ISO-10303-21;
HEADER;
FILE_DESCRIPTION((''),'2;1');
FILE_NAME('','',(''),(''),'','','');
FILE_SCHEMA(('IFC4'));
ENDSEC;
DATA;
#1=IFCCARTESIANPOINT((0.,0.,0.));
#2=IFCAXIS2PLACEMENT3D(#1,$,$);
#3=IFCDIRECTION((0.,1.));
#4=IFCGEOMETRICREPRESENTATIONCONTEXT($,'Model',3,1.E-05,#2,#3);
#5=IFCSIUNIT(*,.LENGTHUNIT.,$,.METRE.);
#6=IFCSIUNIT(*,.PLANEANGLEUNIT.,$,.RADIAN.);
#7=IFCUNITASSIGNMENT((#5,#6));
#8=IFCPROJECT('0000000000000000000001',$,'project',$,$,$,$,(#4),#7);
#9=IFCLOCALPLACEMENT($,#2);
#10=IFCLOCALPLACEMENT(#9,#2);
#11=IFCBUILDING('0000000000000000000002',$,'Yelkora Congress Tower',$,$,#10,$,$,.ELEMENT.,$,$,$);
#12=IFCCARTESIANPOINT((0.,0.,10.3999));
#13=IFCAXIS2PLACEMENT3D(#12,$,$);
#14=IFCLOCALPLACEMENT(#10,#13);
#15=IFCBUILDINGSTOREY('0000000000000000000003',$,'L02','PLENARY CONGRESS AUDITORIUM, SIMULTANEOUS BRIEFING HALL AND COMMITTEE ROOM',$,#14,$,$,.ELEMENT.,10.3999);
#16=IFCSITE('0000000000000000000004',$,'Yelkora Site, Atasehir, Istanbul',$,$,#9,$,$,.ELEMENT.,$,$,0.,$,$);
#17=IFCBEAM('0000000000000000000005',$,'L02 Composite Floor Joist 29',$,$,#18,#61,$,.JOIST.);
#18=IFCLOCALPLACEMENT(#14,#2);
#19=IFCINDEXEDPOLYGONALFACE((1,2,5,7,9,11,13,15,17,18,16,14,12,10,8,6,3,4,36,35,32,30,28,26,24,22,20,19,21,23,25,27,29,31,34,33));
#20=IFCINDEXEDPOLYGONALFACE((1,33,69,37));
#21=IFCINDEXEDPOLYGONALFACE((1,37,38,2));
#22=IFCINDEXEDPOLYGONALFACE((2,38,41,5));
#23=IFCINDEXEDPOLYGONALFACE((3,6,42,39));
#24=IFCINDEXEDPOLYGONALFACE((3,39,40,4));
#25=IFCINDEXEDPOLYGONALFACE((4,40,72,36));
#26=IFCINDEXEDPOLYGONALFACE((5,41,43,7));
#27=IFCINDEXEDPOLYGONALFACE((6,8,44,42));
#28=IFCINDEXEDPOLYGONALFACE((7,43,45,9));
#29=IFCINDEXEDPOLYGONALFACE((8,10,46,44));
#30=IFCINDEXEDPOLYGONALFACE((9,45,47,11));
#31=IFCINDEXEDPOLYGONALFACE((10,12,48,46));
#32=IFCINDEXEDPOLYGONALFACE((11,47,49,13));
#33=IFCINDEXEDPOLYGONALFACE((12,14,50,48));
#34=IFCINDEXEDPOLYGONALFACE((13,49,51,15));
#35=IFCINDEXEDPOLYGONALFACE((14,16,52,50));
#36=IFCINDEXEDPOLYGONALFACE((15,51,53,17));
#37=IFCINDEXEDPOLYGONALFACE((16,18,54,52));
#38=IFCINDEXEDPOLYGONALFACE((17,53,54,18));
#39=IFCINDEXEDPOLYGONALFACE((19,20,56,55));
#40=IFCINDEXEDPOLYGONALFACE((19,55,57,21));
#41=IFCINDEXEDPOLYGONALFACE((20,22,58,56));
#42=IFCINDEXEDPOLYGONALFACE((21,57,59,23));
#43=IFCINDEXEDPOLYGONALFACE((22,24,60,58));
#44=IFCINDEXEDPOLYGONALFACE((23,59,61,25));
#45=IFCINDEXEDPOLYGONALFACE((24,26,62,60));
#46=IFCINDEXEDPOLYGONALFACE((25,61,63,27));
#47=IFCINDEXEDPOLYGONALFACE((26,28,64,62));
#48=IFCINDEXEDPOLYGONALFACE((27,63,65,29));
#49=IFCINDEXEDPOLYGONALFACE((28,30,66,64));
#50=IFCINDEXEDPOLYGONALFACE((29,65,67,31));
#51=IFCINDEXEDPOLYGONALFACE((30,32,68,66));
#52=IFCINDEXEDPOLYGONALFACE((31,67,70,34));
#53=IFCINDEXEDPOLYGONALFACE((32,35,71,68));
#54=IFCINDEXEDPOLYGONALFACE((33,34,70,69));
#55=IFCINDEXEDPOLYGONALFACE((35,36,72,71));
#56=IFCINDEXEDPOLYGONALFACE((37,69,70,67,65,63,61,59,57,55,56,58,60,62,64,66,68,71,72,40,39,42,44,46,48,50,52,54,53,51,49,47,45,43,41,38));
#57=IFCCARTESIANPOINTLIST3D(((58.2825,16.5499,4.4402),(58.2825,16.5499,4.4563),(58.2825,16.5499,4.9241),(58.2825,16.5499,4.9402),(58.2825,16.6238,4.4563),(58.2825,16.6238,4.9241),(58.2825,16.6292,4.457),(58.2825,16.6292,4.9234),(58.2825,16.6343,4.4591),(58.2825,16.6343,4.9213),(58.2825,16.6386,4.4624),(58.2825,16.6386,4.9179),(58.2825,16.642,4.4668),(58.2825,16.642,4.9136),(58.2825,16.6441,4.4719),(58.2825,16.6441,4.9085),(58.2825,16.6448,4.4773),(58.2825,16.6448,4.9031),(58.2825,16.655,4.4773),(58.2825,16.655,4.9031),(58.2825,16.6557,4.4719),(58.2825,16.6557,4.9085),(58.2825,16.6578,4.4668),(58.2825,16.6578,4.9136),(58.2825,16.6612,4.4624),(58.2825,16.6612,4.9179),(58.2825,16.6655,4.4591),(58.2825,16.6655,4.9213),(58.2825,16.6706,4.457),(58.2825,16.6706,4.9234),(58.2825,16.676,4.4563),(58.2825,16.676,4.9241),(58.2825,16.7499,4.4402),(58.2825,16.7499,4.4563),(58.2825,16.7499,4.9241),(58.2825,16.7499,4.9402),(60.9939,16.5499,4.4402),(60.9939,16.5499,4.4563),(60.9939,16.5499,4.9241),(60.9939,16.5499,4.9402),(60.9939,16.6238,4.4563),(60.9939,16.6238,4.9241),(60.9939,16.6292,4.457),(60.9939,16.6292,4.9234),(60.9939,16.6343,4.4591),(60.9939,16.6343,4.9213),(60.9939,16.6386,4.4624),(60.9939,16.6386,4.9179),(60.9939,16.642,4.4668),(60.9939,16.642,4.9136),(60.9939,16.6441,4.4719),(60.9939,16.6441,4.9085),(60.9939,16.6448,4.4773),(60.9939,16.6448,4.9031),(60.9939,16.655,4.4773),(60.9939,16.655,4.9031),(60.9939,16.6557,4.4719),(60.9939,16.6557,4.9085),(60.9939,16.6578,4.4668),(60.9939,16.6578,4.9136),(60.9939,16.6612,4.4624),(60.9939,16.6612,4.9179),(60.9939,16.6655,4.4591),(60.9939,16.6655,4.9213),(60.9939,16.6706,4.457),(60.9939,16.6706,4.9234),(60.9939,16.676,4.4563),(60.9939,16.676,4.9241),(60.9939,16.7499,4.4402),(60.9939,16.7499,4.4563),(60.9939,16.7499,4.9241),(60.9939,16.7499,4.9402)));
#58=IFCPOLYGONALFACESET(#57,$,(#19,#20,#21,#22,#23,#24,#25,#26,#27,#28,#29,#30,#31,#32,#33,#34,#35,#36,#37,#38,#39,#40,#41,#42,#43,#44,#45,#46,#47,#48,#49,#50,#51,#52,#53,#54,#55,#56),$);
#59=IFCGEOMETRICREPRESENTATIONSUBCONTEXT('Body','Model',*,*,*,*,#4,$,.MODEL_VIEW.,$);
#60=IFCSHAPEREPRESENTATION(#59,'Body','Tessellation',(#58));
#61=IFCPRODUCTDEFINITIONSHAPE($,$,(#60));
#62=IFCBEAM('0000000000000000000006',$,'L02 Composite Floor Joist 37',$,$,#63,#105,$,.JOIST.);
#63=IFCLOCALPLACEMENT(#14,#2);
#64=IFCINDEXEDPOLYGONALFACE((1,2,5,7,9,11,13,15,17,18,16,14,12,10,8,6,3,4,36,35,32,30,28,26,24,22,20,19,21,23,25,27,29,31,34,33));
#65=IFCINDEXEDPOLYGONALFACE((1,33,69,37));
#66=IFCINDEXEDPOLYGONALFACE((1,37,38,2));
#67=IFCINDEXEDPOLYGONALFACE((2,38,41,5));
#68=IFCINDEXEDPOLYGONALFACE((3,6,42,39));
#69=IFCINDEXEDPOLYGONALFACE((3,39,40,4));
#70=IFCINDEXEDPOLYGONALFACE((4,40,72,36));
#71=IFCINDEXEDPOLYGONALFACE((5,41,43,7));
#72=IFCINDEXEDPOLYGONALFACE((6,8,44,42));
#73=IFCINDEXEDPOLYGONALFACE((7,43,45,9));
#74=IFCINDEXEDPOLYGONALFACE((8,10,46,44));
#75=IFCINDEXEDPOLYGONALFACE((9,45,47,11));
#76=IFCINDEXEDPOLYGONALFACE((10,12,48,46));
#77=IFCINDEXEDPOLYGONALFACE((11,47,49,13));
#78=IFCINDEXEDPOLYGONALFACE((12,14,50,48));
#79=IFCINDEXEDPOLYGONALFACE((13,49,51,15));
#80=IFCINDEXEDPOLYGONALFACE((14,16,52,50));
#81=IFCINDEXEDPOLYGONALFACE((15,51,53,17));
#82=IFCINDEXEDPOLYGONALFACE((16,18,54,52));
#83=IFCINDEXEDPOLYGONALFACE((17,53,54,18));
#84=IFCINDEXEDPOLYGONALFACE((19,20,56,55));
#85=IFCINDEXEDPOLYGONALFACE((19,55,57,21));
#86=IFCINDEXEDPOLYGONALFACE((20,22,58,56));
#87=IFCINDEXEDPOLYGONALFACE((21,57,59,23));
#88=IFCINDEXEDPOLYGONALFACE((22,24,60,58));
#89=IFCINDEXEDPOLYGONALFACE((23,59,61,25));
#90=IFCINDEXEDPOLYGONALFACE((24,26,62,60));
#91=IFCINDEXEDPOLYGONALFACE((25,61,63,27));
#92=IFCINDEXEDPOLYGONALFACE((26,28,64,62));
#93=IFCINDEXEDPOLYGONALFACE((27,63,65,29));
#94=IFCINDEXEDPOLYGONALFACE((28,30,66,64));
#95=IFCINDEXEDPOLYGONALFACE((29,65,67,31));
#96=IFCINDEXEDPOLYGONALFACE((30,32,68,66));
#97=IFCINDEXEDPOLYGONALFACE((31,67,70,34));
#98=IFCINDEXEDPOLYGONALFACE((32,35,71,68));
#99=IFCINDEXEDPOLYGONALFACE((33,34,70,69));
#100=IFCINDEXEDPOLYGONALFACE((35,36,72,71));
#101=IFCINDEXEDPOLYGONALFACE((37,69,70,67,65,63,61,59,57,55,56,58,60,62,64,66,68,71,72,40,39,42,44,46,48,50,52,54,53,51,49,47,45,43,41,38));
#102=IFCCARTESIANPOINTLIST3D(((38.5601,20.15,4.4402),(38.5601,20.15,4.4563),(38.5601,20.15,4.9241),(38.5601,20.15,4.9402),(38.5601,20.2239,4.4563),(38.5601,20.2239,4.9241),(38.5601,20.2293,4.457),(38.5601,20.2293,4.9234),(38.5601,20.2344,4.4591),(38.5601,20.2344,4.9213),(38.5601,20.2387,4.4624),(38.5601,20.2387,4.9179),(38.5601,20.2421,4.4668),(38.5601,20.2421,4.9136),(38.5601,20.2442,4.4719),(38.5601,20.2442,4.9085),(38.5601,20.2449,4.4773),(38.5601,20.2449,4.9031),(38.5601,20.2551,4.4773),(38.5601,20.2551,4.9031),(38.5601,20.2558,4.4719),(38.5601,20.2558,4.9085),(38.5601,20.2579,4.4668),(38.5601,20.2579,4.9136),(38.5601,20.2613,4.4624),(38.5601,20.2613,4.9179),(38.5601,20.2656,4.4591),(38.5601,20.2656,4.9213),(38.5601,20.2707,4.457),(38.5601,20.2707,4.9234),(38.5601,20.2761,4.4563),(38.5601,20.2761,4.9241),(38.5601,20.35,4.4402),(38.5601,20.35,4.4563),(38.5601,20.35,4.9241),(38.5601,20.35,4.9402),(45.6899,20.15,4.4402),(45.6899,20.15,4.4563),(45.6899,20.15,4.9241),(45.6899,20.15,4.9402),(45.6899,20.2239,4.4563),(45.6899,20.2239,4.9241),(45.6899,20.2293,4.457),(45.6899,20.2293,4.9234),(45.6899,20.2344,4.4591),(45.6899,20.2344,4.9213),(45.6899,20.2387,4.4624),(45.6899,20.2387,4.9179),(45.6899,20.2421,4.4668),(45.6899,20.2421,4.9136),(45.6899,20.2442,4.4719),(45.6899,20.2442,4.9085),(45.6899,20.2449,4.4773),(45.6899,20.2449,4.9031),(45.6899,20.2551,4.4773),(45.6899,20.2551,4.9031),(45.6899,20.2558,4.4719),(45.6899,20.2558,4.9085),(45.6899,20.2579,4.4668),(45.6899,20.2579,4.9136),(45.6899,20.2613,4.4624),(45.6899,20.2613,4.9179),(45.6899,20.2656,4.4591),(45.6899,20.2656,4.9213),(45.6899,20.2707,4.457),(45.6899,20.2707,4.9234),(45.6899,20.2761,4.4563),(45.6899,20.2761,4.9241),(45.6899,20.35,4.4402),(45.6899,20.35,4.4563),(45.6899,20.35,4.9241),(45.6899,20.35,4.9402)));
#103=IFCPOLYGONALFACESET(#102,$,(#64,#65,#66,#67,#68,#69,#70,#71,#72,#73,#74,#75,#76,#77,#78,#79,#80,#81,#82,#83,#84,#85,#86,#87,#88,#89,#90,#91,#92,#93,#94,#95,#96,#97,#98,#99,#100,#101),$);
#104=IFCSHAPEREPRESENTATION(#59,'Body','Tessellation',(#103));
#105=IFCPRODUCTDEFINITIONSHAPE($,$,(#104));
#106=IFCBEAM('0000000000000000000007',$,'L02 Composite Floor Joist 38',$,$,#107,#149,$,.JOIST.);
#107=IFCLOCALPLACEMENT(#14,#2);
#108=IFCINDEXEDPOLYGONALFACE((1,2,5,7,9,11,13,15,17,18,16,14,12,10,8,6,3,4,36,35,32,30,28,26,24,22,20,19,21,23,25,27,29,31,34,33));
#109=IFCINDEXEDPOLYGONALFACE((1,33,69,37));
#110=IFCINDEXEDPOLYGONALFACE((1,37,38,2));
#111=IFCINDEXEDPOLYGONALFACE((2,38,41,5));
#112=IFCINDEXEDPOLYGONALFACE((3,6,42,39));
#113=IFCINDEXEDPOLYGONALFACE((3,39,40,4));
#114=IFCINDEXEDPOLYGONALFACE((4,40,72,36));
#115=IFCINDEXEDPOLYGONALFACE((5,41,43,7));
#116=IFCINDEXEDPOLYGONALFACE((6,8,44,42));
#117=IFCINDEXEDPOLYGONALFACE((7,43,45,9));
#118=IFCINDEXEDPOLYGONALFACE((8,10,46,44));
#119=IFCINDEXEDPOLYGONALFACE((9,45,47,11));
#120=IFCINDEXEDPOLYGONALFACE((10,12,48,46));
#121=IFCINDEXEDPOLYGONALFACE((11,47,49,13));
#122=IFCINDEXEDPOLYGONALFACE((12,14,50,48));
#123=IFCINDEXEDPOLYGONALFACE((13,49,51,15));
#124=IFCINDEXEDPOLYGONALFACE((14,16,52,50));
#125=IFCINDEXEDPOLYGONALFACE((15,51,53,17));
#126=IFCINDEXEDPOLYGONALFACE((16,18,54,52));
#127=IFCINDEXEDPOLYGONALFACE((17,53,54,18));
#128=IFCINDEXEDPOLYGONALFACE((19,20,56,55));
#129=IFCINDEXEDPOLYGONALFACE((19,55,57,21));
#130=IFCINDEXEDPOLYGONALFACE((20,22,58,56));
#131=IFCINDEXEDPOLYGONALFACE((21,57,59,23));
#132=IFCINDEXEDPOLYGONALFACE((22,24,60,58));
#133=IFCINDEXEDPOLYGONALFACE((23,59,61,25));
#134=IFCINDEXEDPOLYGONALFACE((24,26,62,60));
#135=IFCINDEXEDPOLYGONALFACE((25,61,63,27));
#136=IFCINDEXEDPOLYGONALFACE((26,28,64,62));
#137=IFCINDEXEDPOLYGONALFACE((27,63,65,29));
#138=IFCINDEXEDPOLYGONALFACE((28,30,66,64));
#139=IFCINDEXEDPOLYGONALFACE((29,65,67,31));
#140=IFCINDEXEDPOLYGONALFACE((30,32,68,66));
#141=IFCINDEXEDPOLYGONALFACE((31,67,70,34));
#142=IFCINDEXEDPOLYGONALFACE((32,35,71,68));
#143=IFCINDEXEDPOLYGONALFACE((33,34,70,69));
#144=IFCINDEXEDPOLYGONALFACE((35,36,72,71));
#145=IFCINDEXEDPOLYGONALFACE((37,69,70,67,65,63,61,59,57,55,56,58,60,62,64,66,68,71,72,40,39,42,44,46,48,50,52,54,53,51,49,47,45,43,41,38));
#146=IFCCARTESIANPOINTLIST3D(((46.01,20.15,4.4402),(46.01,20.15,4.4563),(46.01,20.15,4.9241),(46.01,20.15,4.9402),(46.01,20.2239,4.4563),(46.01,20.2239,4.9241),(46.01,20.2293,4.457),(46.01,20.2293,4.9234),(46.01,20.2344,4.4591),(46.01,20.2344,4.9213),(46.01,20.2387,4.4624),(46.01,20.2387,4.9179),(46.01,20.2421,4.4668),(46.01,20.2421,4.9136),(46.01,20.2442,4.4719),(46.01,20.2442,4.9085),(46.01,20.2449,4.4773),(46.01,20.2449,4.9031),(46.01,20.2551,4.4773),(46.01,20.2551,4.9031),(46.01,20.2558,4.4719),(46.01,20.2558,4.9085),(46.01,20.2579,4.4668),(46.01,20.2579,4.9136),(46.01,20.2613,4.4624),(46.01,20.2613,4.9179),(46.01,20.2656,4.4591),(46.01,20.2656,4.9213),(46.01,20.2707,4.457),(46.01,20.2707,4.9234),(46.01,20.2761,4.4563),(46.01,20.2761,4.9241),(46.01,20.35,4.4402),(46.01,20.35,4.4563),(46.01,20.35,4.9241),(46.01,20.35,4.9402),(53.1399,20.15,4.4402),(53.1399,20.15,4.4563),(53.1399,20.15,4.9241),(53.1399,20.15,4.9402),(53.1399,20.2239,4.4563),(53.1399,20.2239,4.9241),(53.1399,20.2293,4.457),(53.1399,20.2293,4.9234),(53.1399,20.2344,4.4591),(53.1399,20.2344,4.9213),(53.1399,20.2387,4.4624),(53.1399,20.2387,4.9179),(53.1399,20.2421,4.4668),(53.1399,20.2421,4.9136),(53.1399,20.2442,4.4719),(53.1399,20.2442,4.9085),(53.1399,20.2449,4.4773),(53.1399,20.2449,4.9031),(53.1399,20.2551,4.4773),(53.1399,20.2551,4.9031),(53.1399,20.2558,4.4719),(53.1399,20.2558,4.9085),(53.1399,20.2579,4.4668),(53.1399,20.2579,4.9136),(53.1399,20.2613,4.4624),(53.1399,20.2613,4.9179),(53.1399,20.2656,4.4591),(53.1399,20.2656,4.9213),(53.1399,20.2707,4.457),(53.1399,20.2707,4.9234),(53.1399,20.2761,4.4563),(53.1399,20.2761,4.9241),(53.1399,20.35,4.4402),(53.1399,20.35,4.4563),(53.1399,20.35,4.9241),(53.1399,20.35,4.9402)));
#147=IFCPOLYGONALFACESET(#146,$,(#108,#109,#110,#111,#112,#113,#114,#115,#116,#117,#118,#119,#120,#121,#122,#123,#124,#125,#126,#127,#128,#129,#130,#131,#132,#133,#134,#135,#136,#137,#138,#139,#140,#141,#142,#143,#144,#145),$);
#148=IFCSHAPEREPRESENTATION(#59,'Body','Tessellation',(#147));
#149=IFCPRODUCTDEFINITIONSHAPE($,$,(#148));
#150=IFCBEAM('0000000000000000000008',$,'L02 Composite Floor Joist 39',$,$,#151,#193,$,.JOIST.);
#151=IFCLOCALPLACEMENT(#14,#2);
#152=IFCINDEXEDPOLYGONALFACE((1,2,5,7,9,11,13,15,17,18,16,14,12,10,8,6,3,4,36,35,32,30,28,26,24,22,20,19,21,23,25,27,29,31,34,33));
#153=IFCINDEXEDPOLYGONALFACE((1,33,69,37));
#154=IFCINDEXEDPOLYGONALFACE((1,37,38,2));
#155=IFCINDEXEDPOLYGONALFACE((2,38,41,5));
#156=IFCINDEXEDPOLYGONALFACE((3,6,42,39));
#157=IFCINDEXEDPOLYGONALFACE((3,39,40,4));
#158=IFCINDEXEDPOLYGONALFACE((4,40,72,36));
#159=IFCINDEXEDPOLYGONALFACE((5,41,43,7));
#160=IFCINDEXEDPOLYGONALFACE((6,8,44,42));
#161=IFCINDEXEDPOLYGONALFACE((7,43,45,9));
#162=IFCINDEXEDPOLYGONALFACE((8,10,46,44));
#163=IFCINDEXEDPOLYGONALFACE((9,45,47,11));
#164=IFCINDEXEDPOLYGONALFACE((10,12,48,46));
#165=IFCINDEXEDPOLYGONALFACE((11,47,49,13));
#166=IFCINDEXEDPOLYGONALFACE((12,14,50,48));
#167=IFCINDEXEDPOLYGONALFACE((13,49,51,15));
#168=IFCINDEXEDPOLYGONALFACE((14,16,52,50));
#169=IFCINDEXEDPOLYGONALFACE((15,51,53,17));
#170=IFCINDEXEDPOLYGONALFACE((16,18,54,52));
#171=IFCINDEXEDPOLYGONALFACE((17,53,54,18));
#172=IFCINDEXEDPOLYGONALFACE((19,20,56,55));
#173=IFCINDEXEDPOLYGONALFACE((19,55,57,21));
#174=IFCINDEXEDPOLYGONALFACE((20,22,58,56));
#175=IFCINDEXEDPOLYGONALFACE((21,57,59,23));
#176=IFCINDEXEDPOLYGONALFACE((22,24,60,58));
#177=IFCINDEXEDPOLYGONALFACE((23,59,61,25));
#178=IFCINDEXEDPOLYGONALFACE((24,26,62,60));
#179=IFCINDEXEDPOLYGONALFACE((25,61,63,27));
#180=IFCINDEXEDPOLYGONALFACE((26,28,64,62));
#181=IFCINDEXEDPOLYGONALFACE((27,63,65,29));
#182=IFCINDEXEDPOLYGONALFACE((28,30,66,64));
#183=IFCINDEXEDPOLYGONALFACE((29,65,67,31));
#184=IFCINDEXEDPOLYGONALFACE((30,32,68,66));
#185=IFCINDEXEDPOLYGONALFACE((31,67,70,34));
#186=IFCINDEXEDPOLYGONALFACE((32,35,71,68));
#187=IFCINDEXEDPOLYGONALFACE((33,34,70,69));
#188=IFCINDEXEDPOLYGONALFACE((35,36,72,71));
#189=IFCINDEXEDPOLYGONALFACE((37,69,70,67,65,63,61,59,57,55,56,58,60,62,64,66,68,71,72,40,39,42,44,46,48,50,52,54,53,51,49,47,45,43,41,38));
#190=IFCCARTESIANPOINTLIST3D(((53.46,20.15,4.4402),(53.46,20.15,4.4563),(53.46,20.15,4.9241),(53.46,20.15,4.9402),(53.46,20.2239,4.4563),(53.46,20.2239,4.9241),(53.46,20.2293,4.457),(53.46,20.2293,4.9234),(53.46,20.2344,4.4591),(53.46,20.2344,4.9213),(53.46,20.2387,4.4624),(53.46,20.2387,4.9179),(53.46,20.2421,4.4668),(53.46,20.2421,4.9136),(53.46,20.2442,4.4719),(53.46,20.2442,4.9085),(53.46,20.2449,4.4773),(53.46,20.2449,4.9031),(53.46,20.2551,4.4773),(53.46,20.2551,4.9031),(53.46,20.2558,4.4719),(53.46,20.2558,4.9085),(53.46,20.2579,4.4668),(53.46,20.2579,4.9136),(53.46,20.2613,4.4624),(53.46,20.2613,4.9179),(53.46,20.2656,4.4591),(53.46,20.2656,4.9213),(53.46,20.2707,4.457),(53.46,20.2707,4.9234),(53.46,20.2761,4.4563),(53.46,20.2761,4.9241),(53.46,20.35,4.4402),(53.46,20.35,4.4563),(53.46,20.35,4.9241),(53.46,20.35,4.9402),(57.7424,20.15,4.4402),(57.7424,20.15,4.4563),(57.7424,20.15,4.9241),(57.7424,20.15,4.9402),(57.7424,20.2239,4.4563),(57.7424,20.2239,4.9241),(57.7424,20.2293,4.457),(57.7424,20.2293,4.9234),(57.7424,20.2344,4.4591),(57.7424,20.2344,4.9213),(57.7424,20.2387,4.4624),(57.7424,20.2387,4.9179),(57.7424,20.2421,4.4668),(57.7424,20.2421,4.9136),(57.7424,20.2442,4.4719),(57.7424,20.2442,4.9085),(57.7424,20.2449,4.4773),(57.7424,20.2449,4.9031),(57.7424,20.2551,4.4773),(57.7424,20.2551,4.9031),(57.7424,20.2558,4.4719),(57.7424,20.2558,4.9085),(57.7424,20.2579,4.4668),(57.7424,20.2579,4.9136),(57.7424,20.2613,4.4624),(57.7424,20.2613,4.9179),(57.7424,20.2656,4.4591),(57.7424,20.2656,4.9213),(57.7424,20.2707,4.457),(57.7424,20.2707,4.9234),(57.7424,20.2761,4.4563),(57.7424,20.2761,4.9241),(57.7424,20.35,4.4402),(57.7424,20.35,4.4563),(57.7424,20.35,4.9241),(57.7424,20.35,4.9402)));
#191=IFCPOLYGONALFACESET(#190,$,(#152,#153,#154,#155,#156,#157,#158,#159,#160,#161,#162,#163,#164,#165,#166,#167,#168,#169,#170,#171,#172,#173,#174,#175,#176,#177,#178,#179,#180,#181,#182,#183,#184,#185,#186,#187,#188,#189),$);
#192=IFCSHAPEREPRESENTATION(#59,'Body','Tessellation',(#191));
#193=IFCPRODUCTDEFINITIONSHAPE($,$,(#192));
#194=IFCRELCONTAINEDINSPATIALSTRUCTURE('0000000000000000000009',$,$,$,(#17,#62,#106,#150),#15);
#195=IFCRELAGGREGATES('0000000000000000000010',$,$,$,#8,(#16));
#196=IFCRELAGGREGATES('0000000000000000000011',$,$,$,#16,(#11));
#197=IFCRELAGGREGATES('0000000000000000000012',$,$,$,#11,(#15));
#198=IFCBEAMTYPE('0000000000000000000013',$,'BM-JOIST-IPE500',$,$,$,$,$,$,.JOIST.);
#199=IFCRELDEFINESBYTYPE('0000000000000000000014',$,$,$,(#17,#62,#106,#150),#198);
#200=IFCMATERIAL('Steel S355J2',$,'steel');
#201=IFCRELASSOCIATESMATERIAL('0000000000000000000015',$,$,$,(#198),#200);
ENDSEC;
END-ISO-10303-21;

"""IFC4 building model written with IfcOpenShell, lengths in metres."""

from ifc_helpers import new_model, si_unit, direction, frame, origin, origin_2d, place, context, subcontext, project, spatial, i_section, extrude, material, material_profile, profile_set, type_object, element, save


model = new_model("IFC4")

# Units and contexts
model_context = context("Model", 3, precision=1e-05, world=origin(), true_north=direction((0.0, 1.0)))
body_context = subcontext(model_context, "Body", "Model", "MODEL_VIEW")
ifc_project = project(units=[si_unit("LENGTHUNIT", "METRE"), si_unit("PLANEANGLEUNIT", "RADIAN")], contexts=[model_context])

# Site, building, storey
site_placement = place(None, origin())
site = spatial("IfcSite", under=ifc_project, at=site_placement, Name="Yelkora Site, Atasehir, Istanbul", CompositionType="ELEMENT", RefElevation=0.0)
building_placement = place(site_placement, origin())
building = spatial("IfcBuilding", under=site, at=building_placement, Name="Yelkora Congress Tower", CompositionType="ELEMENT")
storey_placement = place(building_placement, frame((0.0, 0.0, 10.3999)))
storey = spatial("IfcBuildingStorey", under=building, at=storey_placement, Name="L02", Description="PLENARY CONGRESS AUDITORIUM, SIMULTANEOUS BRIEFING HALL AND COMMITTEE ROOM", CompositionType="ELEMENT", Elevation=10.3999)

# Beams
ifc_material_1 = material(Name="Steel S355J2", Category="steel")
ifc_material_profile_1 = material_profile(ifc_material_1, i_section(OverallWidth=0.2, OverallDepth=0.5, WebThickness=0.0103, FlangeThickness=0.0161, FilletRadius=0.021, at=origin_2d()), Name="IPE 500")
ifc_profile_set_1 = profile_set([ifc_material_profile_1], Name="Steel S355J2")
beam_type_1 = type_object("IfcBeamType", Name="BM-JOIST-IPE500", PredefinedType="JOIST", material=ifc_profile_set_1)
beam_1_placement = place(storey_placement, frame((58.2825, 16.6499, 4.6902), z_axis=(1.0, 0.0, 0.0), x_axis=(0.0, 1.0, 0.0)))
element("IfcBeam", 1, at=beam_1_placement, inside=storey, type_object=beam_type_1, Name="L02 Composite Floor Joist 29", PredefinedType="JOIST", context=body_context, shape_type="SweptSolid", body=[
    extrude(i_section(OverallWidth=0.2, OverallDepth=0.5, WebThickness=0.0103, FlangeThickness=0.0161, FilletRadius=0.021, at=origin_2d()), origin(), (0.0, 0.0, 1.0), 2.7114),
])
for number, where, z_axis, x_axis, name in (
    (2, (38.5601, 20.25, 4.6902), (1.0, 0.0, 0.0), (0.0, 1.0, 0.0), "L02 Composite Floor Joist 37"),
    (3, (46.01, 20.25, 4.6902), (1.0, 0.0, 0.0), (0.0, 1.0, 0.0), "L02 Composite Floor Joist 38"),
):
    element("IfcBeam", number, at=place(storey_placement, frame(where, z_axis=z_axis, x_axis=x_axis)), inside=storey, type_object=beam_type_1, Name=name, PredefinedType="JOIST", context=body_context, shape_type="SweptSolid", body=[
        extrude(i_section(OverallWidth=0.2, OverallDepth=0.5, WebThickness=0.0103, FlangeThickness=0.0161, FilletRadius=0.021, at=origin_2d()), origin(), (0.0, 0.0, 1.0), 7.1299),
    ])
beam_2_placement = place(storey_placement, frame((53.46, 20.25, 4.6902), z_axis=(1.0, 0.0, 0.0), x_axis=(0.0, 1.0, 0.0)))
element("IfcBeam", 4, at=beam_2_placement, inside=storey, type_object=beam_type_1, Name="L02 Composite Floor Joist 39", PredefinedType="JOIST", context=body_context, shape_type="SweptSolid", body=[
    extrude(i_section(OverallWidth=0.2, OverallDepth=0.5, WebThickness=0.0103, FlangeThickness=0.0161, FilletRadius=0.021, at=origin_2d()), origin(), (0.0, 0.0, 1.0), 4.2825),
])

save(model, "model.ifc")
